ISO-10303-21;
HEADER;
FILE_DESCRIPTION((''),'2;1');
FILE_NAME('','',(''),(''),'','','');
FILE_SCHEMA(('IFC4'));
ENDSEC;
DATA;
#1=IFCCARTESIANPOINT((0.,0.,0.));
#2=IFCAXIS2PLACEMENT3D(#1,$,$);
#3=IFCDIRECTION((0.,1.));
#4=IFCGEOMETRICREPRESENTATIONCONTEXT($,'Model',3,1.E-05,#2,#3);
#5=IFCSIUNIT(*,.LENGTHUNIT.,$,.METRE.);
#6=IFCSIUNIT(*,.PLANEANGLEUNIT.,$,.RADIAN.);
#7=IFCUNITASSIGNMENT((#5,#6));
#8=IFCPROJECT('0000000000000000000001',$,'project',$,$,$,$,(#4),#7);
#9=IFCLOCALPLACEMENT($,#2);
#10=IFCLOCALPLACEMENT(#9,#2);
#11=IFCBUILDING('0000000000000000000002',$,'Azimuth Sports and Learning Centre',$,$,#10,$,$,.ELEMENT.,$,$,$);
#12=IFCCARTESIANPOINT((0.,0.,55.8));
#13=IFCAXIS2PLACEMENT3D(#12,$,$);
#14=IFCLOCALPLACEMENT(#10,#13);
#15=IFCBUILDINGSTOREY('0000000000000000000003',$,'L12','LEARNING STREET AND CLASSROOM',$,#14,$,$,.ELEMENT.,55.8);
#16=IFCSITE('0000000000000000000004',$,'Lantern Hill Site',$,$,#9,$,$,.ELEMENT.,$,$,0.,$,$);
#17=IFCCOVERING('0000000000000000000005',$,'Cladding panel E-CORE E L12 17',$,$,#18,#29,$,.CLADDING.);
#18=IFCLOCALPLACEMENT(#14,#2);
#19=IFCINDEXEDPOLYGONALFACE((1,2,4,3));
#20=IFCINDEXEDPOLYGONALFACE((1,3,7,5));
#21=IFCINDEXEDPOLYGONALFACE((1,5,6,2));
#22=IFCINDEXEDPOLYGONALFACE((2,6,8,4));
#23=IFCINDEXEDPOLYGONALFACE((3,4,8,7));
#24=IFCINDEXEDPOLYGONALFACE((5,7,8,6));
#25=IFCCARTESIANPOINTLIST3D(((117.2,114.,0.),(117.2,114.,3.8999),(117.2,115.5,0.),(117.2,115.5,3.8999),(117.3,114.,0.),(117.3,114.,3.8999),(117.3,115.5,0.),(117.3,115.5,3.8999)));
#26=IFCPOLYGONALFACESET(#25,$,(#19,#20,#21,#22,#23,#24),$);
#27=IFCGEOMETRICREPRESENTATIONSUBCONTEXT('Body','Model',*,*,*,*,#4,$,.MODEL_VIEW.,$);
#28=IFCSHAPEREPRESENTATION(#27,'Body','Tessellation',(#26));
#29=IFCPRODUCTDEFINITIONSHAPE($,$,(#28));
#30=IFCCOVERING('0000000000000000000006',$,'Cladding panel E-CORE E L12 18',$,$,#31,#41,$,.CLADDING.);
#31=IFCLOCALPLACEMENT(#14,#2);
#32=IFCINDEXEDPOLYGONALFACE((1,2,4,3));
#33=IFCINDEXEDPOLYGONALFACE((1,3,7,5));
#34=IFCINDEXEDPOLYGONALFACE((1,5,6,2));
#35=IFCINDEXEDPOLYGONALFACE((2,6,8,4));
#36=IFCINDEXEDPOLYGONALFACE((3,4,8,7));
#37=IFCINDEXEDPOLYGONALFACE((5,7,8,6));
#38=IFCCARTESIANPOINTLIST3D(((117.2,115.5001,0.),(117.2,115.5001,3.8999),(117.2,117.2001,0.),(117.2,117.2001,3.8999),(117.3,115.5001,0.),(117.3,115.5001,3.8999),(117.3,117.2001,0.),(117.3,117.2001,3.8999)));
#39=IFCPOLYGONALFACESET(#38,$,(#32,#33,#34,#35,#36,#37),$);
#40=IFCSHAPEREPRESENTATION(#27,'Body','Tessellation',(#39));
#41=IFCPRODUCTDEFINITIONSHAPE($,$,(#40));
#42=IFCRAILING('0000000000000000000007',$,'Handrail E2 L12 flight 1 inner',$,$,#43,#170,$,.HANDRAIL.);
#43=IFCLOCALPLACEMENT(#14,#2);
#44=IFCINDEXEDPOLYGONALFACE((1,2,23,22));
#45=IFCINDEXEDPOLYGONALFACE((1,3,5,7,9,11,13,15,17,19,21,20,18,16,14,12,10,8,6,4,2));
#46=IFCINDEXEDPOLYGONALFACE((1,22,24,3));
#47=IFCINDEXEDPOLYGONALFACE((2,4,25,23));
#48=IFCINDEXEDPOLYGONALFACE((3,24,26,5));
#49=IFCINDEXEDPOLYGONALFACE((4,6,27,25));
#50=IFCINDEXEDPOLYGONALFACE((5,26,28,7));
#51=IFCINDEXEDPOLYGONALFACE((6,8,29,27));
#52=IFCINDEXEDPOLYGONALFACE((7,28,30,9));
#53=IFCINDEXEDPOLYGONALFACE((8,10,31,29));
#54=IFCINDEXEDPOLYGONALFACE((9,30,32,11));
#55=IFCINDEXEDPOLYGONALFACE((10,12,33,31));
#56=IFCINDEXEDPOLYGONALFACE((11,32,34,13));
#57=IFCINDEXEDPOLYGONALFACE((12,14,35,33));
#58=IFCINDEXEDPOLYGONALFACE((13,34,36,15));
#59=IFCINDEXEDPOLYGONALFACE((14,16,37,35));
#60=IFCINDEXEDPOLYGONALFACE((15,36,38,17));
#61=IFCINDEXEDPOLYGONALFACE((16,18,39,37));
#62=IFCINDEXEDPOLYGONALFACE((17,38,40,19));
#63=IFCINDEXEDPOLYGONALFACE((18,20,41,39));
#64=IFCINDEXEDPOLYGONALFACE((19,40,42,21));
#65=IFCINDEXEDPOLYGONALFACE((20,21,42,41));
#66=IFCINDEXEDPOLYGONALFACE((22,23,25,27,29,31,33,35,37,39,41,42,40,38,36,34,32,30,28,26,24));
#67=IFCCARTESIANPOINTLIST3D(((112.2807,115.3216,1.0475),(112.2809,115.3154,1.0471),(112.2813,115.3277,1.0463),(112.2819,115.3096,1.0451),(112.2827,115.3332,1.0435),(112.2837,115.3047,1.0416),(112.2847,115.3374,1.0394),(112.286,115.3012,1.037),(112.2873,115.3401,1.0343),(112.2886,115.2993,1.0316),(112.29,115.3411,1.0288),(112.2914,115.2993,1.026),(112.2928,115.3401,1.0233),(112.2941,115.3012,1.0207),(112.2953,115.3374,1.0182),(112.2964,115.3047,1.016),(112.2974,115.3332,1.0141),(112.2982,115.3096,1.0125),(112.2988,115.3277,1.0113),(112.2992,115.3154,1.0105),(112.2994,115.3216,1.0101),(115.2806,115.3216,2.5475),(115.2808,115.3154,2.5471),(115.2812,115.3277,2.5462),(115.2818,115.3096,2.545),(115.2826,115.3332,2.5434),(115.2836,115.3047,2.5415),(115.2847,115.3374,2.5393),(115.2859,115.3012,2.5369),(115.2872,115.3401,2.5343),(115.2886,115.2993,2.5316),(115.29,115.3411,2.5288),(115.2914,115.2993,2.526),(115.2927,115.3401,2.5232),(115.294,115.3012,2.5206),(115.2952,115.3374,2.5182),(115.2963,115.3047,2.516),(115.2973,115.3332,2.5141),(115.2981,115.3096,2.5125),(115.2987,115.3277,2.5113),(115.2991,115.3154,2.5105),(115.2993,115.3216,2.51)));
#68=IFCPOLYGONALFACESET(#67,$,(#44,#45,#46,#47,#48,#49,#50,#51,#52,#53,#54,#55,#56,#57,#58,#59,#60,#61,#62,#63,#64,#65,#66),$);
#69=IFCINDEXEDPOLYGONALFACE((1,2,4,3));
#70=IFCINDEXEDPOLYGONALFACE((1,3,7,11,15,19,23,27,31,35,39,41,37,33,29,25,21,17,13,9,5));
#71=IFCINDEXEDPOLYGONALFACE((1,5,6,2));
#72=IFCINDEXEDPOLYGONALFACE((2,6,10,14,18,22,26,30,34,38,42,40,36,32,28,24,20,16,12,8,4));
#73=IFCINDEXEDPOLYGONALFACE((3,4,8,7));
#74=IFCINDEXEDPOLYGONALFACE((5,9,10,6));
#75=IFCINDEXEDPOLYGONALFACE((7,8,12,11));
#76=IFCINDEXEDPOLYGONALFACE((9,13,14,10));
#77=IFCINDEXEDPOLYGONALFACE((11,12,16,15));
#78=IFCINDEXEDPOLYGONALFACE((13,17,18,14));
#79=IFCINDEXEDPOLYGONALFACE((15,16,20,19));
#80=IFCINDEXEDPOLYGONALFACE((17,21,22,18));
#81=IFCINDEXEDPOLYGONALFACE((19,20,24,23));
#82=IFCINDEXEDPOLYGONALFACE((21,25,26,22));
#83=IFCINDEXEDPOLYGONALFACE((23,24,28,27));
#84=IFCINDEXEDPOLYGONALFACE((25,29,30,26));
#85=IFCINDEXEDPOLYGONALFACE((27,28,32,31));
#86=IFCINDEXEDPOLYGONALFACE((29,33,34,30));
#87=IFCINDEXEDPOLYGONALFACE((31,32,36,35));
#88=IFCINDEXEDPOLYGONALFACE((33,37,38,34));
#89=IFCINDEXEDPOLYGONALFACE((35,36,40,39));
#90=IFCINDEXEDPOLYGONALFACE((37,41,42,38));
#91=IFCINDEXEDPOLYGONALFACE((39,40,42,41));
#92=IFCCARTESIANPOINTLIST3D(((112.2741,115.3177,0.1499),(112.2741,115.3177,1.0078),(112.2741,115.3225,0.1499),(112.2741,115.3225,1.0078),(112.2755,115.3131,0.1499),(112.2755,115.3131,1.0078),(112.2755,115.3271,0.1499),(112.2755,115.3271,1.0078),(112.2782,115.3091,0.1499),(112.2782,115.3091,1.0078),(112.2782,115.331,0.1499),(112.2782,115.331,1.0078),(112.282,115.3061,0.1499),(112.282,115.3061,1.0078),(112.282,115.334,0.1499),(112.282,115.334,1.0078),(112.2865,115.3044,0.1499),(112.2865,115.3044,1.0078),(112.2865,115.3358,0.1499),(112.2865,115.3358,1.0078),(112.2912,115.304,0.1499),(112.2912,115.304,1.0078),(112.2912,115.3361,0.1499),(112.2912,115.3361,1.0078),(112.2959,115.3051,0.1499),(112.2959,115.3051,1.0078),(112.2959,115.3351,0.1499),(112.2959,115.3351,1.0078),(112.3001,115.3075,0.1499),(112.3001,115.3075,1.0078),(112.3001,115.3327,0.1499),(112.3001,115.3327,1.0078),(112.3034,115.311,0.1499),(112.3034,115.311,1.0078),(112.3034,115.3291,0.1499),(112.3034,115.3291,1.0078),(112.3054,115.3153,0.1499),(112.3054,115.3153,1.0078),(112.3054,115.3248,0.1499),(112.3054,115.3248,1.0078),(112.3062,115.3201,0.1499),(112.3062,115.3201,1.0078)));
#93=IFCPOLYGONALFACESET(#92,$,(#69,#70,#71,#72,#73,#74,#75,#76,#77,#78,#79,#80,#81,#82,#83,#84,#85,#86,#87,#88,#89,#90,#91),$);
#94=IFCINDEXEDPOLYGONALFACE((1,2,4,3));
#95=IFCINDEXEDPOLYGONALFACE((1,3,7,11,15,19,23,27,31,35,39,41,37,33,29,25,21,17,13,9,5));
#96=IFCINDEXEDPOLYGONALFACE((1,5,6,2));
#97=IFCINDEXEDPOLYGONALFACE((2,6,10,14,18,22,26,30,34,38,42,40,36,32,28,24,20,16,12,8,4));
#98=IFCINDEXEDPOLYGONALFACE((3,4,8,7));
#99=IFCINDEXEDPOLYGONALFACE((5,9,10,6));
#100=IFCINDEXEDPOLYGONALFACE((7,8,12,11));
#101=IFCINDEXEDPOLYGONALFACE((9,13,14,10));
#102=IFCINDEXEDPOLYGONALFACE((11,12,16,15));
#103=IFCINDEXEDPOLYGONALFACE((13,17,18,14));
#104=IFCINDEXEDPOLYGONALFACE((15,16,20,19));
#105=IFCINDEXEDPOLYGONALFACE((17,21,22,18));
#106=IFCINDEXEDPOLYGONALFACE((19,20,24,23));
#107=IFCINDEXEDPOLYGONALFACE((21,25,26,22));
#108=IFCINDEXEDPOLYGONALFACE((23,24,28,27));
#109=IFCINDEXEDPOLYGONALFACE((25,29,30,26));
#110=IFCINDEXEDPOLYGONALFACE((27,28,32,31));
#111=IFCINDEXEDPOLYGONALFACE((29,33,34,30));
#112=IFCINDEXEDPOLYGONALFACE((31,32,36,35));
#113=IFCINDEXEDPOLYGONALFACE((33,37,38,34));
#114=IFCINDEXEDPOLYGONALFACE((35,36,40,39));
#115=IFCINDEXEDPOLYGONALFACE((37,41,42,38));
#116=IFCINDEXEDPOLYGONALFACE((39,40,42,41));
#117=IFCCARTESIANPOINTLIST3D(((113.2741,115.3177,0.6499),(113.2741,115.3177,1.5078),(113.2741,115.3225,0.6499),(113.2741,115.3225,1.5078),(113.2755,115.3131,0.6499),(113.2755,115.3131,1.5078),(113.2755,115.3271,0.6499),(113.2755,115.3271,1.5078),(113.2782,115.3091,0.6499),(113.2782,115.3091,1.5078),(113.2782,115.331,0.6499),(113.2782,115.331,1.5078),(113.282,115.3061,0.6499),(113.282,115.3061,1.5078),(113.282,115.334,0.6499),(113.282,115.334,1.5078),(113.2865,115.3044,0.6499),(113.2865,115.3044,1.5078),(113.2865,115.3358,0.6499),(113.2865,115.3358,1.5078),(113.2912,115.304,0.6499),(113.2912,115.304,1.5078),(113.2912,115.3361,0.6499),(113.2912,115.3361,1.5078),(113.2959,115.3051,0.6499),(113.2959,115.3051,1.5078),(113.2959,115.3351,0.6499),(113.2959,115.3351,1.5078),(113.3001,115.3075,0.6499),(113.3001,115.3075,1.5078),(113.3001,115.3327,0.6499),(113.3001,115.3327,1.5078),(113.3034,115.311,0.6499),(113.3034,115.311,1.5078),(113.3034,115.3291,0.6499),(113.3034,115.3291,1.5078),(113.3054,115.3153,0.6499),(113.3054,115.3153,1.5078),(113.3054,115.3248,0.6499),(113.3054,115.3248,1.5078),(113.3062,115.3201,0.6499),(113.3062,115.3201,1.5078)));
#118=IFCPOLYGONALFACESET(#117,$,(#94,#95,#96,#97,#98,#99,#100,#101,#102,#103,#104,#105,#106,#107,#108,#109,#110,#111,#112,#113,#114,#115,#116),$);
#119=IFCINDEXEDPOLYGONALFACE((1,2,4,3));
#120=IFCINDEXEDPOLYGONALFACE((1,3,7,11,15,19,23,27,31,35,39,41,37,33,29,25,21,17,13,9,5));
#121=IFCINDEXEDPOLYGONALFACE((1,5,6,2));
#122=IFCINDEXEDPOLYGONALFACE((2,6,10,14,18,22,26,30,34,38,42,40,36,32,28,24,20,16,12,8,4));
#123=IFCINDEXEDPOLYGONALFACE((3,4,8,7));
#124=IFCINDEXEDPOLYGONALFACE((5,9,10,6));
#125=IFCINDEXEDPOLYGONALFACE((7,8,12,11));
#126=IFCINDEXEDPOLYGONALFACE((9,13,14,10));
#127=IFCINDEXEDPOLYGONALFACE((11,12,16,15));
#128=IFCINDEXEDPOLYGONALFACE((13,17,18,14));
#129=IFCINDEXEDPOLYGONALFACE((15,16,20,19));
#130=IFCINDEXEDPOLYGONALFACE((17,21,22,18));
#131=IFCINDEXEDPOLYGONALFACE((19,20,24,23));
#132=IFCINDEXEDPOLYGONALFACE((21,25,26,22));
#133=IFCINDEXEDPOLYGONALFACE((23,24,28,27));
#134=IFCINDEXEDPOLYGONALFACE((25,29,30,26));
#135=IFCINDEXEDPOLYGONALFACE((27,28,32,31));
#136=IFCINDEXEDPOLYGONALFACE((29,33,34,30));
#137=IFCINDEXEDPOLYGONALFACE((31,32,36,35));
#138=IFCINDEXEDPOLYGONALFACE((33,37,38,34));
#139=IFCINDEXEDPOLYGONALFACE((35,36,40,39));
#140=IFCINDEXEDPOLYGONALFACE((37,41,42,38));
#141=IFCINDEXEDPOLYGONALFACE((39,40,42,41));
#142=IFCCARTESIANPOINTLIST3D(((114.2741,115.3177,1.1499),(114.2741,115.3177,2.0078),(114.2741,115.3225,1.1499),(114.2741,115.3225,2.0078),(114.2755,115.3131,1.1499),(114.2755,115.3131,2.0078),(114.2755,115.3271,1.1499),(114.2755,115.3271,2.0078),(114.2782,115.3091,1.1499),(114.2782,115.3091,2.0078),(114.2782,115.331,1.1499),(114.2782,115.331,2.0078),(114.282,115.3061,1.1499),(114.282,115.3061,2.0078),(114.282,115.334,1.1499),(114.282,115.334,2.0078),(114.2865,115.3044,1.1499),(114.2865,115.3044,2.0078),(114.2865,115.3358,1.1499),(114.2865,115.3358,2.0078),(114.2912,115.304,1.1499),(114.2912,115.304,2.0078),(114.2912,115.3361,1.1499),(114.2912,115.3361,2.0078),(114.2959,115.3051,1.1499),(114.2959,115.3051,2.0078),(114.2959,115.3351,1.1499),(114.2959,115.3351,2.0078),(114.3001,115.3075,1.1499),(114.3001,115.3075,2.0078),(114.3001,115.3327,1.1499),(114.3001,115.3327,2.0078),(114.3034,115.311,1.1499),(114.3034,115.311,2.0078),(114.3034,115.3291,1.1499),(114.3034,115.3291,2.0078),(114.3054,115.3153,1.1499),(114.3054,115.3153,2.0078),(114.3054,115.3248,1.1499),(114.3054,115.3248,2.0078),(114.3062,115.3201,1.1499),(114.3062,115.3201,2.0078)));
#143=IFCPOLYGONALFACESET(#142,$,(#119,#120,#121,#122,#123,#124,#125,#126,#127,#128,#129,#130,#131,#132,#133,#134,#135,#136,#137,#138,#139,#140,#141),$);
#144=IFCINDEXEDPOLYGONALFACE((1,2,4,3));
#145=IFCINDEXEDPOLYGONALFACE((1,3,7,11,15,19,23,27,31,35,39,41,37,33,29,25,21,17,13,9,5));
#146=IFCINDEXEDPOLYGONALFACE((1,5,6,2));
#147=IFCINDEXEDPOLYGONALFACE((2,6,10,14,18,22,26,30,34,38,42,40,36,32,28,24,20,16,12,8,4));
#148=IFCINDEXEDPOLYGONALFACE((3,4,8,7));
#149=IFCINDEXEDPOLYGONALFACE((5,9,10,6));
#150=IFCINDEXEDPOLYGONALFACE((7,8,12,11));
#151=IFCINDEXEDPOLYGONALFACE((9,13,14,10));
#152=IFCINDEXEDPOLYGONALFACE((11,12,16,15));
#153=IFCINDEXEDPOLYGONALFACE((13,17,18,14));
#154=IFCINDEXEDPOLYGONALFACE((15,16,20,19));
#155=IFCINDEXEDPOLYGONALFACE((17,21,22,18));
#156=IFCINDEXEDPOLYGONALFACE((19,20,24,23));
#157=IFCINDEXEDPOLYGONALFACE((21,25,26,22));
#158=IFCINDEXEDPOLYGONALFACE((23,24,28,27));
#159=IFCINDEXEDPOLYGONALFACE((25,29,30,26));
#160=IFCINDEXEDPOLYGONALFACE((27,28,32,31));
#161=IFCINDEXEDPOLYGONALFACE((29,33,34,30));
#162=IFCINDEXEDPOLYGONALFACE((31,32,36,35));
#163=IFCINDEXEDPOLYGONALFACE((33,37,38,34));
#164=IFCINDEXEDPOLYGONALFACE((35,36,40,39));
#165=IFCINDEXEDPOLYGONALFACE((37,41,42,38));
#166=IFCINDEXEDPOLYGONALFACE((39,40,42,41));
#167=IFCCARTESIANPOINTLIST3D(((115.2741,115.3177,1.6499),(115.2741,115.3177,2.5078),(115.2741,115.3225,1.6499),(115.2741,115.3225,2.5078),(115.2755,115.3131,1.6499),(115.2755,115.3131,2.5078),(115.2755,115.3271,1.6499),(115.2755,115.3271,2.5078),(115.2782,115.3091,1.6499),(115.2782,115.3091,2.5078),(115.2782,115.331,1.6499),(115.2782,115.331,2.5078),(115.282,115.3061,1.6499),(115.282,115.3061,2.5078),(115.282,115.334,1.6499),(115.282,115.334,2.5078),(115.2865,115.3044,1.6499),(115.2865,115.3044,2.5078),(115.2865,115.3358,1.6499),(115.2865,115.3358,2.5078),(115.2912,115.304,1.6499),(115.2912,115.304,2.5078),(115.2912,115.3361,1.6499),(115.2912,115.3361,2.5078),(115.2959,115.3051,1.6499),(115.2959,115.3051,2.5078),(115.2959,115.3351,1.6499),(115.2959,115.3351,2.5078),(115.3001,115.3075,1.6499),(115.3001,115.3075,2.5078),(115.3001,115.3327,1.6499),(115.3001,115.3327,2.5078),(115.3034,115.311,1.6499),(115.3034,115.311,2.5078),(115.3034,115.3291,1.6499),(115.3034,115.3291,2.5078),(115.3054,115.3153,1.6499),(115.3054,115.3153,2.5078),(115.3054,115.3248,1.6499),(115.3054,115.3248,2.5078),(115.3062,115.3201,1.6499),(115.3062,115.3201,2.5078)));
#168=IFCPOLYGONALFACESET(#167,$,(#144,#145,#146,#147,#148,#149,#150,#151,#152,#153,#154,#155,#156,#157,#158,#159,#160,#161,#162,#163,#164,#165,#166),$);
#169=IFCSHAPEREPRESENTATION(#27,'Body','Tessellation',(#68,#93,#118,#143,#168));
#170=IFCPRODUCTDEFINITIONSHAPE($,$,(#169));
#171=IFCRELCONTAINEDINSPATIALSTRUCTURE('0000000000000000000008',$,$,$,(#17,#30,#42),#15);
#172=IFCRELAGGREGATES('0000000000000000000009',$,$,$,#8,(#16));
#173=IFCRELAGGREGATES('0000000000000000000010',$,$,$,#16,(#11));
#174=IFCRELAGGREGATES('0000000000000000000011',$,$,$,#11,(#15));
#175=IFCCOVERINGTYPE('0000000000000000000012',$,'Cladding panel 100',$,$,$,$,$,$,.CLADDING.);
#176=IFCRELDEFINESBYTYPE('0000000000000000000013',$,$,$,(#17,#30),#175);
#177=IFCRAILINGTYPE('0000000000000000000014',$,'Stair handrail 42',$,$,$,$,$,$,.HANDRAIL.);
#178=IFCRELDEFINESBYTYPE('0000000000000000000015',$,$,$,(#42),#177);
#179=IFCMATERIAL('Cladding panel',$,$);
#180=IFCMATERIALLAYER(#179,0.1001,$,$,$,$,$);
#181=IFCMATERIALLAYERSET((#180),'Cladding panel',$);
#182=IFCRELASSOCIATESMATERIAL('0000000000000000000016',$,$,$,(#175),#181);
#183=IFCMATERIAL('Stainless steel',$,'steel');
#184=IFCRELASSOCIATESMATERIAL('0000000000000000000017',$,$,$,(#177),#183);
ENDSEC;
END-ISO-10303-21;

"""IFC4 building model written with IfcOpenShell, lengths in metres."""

from ifc_helpers import new_model, si_unit, direction, frame, origin, origin_2d, place, context, subcontext, project, spatial, rectangle, circle, extrude, material, layer, layer_set, type_object, element, save


model = new_model("IFC4")

# Units and contexts
model_context = context("Model", 3, precision=1e-05, world=origin(), true_north=direction((0.0, 1.0)))
body_context = subcontext(model_context, "Body", "Model", "MODEL_VIEW")
ifc_project = project(units=[si_unit("LENGTHUNIT", "METRE"), si_unit("PLANEANGLEUNIT", "RADIAN")], contexts=[model_context])

# Site, building, storey
site_placement = place(None, origin())
site = spatial("IfcSite", under=ifc_project, at=site_placement, Name="Lantern Hill Site", CompositionType="ELEMENT", RefElevation=0.0)
building_placement = place(site_placement, origin())
building = spatial("IfcBuilding", under=site, at=building_placement, Name="Azimuth Sports and Learning Centre", CompositionType="ELEMENT")
storey_placement = place(building_placement, frame((0.0, 0.0, 55.8)))
storey = spatial("IfcBuildingStorey", under=building, at=storey_placement, Name="L12", Description="LEARNING STREET AND CLASSROOM", CompositionType="ELEMENT", Elevation=55.8)

# Coverings
ifc_material_1 = material(Name="Cladding panel")
ifc_layer_1 = layer(ifc_material_1, 0.1001)
ifc_layer_set_1 = layer_set([ifc_layer_1], Name="Cladding panel")
covering_type = type_object("IfcCoveringType", Name="Cladding panel 100", PredefinedType="CLADDING", material=ifc_layer_set_1)
for number, where, z_axis, x_axis, name in (
    (1, (117.25, 114.75, 0.0), (0.0, 0.0, 1.0), (0.0, 1.0, 0.0), "Cladding panel E-CORE E L12 17"),
):
    element("IfcCovering", number, at=place(storey_placement, frame(where, z_axis=z_axis, x_axis=x_axis)), inside=storey, type_object=covering_type, Name=name, PredefinedType="CLADDING", context=body_context, shape_type="SweptSolid", body=[
        extrude(rectangle(XDim=1.5, YDim=0.1001, at=origin_2d()), origin(), (0.0, 0.0, 1.0), 3.8999),
    ])
covering_placement = place(storey_placement, frame((117.25, 116.3501, 0.0), z_axis=(0.0, 0.0, 1.0), x_axis=(0.0, 1.0, 0.0)))
element("IfcCovering", 2, at=covering_placement, inside=storey, type_object=covering_type, Name="Cladding panel E-CORE E L12 18", PredefinedType="CLADDING", context=body_context, shape_type="SweptSolid", body=[
    extrude(rectangle(XDim=1.7, YDim=0.1001, at=origin_2d()), origin(), (0.0, 0.0, 1.0), 3.8999),
])

# Railing
ifc_material_2 = material(Name="Stainless steel", Category="steel")
railing_type_1 = type_object("IfcRailingType", Name="Stair handrail 42", PredefinedType="HANDRAIL", material=ifc_material_2)
for number, where, name in (
    (3, (112.29, 115.3201, 0.1499), "Handrail E2 L12 flight 1 inner"),
):
    element("IfcRailing", number, at=place(storey_placement, frame(where)), inside=storey, type_object=railing_type_1, Name=name, PredefinedType="HANDRAIL", context=body_context, shape_type="SweptSolid", body=[
        extrude(circle(Radius=0.021, at=origin_2d()), frame((0.0, 0.0, 0.8789), z_axis=(0.894427, 0.0, 0.447214), x_axis=(0.0, 1.0, 0.0)), (0.0, 0.0, 1.0), 3.354),
        extrude(circle(Radius=0.0161, at=origin_2d()), origin(), (0.0, 0.0, 1.0), 0.8579),
        extrude(circle(Radius=0.0161, at=origin_2d()), frame((1.0, 0.0, 0.5)), (0.0, 0.0, 1.0), 0.8579),
        extrude(circle(Radius=0.0161, at=origin_2d()), frame((2.0, 0.0, 1.0)), (0.0, 0.0, 1.0), 0.8579),
        extrude(circle(Radius=0.0161, at=origin_2d()), frame((3.0, 0.0, 1.5)), (0.0, 0.0, 1.0), 0.8579),
    ])

save(model, "model.ifc")
